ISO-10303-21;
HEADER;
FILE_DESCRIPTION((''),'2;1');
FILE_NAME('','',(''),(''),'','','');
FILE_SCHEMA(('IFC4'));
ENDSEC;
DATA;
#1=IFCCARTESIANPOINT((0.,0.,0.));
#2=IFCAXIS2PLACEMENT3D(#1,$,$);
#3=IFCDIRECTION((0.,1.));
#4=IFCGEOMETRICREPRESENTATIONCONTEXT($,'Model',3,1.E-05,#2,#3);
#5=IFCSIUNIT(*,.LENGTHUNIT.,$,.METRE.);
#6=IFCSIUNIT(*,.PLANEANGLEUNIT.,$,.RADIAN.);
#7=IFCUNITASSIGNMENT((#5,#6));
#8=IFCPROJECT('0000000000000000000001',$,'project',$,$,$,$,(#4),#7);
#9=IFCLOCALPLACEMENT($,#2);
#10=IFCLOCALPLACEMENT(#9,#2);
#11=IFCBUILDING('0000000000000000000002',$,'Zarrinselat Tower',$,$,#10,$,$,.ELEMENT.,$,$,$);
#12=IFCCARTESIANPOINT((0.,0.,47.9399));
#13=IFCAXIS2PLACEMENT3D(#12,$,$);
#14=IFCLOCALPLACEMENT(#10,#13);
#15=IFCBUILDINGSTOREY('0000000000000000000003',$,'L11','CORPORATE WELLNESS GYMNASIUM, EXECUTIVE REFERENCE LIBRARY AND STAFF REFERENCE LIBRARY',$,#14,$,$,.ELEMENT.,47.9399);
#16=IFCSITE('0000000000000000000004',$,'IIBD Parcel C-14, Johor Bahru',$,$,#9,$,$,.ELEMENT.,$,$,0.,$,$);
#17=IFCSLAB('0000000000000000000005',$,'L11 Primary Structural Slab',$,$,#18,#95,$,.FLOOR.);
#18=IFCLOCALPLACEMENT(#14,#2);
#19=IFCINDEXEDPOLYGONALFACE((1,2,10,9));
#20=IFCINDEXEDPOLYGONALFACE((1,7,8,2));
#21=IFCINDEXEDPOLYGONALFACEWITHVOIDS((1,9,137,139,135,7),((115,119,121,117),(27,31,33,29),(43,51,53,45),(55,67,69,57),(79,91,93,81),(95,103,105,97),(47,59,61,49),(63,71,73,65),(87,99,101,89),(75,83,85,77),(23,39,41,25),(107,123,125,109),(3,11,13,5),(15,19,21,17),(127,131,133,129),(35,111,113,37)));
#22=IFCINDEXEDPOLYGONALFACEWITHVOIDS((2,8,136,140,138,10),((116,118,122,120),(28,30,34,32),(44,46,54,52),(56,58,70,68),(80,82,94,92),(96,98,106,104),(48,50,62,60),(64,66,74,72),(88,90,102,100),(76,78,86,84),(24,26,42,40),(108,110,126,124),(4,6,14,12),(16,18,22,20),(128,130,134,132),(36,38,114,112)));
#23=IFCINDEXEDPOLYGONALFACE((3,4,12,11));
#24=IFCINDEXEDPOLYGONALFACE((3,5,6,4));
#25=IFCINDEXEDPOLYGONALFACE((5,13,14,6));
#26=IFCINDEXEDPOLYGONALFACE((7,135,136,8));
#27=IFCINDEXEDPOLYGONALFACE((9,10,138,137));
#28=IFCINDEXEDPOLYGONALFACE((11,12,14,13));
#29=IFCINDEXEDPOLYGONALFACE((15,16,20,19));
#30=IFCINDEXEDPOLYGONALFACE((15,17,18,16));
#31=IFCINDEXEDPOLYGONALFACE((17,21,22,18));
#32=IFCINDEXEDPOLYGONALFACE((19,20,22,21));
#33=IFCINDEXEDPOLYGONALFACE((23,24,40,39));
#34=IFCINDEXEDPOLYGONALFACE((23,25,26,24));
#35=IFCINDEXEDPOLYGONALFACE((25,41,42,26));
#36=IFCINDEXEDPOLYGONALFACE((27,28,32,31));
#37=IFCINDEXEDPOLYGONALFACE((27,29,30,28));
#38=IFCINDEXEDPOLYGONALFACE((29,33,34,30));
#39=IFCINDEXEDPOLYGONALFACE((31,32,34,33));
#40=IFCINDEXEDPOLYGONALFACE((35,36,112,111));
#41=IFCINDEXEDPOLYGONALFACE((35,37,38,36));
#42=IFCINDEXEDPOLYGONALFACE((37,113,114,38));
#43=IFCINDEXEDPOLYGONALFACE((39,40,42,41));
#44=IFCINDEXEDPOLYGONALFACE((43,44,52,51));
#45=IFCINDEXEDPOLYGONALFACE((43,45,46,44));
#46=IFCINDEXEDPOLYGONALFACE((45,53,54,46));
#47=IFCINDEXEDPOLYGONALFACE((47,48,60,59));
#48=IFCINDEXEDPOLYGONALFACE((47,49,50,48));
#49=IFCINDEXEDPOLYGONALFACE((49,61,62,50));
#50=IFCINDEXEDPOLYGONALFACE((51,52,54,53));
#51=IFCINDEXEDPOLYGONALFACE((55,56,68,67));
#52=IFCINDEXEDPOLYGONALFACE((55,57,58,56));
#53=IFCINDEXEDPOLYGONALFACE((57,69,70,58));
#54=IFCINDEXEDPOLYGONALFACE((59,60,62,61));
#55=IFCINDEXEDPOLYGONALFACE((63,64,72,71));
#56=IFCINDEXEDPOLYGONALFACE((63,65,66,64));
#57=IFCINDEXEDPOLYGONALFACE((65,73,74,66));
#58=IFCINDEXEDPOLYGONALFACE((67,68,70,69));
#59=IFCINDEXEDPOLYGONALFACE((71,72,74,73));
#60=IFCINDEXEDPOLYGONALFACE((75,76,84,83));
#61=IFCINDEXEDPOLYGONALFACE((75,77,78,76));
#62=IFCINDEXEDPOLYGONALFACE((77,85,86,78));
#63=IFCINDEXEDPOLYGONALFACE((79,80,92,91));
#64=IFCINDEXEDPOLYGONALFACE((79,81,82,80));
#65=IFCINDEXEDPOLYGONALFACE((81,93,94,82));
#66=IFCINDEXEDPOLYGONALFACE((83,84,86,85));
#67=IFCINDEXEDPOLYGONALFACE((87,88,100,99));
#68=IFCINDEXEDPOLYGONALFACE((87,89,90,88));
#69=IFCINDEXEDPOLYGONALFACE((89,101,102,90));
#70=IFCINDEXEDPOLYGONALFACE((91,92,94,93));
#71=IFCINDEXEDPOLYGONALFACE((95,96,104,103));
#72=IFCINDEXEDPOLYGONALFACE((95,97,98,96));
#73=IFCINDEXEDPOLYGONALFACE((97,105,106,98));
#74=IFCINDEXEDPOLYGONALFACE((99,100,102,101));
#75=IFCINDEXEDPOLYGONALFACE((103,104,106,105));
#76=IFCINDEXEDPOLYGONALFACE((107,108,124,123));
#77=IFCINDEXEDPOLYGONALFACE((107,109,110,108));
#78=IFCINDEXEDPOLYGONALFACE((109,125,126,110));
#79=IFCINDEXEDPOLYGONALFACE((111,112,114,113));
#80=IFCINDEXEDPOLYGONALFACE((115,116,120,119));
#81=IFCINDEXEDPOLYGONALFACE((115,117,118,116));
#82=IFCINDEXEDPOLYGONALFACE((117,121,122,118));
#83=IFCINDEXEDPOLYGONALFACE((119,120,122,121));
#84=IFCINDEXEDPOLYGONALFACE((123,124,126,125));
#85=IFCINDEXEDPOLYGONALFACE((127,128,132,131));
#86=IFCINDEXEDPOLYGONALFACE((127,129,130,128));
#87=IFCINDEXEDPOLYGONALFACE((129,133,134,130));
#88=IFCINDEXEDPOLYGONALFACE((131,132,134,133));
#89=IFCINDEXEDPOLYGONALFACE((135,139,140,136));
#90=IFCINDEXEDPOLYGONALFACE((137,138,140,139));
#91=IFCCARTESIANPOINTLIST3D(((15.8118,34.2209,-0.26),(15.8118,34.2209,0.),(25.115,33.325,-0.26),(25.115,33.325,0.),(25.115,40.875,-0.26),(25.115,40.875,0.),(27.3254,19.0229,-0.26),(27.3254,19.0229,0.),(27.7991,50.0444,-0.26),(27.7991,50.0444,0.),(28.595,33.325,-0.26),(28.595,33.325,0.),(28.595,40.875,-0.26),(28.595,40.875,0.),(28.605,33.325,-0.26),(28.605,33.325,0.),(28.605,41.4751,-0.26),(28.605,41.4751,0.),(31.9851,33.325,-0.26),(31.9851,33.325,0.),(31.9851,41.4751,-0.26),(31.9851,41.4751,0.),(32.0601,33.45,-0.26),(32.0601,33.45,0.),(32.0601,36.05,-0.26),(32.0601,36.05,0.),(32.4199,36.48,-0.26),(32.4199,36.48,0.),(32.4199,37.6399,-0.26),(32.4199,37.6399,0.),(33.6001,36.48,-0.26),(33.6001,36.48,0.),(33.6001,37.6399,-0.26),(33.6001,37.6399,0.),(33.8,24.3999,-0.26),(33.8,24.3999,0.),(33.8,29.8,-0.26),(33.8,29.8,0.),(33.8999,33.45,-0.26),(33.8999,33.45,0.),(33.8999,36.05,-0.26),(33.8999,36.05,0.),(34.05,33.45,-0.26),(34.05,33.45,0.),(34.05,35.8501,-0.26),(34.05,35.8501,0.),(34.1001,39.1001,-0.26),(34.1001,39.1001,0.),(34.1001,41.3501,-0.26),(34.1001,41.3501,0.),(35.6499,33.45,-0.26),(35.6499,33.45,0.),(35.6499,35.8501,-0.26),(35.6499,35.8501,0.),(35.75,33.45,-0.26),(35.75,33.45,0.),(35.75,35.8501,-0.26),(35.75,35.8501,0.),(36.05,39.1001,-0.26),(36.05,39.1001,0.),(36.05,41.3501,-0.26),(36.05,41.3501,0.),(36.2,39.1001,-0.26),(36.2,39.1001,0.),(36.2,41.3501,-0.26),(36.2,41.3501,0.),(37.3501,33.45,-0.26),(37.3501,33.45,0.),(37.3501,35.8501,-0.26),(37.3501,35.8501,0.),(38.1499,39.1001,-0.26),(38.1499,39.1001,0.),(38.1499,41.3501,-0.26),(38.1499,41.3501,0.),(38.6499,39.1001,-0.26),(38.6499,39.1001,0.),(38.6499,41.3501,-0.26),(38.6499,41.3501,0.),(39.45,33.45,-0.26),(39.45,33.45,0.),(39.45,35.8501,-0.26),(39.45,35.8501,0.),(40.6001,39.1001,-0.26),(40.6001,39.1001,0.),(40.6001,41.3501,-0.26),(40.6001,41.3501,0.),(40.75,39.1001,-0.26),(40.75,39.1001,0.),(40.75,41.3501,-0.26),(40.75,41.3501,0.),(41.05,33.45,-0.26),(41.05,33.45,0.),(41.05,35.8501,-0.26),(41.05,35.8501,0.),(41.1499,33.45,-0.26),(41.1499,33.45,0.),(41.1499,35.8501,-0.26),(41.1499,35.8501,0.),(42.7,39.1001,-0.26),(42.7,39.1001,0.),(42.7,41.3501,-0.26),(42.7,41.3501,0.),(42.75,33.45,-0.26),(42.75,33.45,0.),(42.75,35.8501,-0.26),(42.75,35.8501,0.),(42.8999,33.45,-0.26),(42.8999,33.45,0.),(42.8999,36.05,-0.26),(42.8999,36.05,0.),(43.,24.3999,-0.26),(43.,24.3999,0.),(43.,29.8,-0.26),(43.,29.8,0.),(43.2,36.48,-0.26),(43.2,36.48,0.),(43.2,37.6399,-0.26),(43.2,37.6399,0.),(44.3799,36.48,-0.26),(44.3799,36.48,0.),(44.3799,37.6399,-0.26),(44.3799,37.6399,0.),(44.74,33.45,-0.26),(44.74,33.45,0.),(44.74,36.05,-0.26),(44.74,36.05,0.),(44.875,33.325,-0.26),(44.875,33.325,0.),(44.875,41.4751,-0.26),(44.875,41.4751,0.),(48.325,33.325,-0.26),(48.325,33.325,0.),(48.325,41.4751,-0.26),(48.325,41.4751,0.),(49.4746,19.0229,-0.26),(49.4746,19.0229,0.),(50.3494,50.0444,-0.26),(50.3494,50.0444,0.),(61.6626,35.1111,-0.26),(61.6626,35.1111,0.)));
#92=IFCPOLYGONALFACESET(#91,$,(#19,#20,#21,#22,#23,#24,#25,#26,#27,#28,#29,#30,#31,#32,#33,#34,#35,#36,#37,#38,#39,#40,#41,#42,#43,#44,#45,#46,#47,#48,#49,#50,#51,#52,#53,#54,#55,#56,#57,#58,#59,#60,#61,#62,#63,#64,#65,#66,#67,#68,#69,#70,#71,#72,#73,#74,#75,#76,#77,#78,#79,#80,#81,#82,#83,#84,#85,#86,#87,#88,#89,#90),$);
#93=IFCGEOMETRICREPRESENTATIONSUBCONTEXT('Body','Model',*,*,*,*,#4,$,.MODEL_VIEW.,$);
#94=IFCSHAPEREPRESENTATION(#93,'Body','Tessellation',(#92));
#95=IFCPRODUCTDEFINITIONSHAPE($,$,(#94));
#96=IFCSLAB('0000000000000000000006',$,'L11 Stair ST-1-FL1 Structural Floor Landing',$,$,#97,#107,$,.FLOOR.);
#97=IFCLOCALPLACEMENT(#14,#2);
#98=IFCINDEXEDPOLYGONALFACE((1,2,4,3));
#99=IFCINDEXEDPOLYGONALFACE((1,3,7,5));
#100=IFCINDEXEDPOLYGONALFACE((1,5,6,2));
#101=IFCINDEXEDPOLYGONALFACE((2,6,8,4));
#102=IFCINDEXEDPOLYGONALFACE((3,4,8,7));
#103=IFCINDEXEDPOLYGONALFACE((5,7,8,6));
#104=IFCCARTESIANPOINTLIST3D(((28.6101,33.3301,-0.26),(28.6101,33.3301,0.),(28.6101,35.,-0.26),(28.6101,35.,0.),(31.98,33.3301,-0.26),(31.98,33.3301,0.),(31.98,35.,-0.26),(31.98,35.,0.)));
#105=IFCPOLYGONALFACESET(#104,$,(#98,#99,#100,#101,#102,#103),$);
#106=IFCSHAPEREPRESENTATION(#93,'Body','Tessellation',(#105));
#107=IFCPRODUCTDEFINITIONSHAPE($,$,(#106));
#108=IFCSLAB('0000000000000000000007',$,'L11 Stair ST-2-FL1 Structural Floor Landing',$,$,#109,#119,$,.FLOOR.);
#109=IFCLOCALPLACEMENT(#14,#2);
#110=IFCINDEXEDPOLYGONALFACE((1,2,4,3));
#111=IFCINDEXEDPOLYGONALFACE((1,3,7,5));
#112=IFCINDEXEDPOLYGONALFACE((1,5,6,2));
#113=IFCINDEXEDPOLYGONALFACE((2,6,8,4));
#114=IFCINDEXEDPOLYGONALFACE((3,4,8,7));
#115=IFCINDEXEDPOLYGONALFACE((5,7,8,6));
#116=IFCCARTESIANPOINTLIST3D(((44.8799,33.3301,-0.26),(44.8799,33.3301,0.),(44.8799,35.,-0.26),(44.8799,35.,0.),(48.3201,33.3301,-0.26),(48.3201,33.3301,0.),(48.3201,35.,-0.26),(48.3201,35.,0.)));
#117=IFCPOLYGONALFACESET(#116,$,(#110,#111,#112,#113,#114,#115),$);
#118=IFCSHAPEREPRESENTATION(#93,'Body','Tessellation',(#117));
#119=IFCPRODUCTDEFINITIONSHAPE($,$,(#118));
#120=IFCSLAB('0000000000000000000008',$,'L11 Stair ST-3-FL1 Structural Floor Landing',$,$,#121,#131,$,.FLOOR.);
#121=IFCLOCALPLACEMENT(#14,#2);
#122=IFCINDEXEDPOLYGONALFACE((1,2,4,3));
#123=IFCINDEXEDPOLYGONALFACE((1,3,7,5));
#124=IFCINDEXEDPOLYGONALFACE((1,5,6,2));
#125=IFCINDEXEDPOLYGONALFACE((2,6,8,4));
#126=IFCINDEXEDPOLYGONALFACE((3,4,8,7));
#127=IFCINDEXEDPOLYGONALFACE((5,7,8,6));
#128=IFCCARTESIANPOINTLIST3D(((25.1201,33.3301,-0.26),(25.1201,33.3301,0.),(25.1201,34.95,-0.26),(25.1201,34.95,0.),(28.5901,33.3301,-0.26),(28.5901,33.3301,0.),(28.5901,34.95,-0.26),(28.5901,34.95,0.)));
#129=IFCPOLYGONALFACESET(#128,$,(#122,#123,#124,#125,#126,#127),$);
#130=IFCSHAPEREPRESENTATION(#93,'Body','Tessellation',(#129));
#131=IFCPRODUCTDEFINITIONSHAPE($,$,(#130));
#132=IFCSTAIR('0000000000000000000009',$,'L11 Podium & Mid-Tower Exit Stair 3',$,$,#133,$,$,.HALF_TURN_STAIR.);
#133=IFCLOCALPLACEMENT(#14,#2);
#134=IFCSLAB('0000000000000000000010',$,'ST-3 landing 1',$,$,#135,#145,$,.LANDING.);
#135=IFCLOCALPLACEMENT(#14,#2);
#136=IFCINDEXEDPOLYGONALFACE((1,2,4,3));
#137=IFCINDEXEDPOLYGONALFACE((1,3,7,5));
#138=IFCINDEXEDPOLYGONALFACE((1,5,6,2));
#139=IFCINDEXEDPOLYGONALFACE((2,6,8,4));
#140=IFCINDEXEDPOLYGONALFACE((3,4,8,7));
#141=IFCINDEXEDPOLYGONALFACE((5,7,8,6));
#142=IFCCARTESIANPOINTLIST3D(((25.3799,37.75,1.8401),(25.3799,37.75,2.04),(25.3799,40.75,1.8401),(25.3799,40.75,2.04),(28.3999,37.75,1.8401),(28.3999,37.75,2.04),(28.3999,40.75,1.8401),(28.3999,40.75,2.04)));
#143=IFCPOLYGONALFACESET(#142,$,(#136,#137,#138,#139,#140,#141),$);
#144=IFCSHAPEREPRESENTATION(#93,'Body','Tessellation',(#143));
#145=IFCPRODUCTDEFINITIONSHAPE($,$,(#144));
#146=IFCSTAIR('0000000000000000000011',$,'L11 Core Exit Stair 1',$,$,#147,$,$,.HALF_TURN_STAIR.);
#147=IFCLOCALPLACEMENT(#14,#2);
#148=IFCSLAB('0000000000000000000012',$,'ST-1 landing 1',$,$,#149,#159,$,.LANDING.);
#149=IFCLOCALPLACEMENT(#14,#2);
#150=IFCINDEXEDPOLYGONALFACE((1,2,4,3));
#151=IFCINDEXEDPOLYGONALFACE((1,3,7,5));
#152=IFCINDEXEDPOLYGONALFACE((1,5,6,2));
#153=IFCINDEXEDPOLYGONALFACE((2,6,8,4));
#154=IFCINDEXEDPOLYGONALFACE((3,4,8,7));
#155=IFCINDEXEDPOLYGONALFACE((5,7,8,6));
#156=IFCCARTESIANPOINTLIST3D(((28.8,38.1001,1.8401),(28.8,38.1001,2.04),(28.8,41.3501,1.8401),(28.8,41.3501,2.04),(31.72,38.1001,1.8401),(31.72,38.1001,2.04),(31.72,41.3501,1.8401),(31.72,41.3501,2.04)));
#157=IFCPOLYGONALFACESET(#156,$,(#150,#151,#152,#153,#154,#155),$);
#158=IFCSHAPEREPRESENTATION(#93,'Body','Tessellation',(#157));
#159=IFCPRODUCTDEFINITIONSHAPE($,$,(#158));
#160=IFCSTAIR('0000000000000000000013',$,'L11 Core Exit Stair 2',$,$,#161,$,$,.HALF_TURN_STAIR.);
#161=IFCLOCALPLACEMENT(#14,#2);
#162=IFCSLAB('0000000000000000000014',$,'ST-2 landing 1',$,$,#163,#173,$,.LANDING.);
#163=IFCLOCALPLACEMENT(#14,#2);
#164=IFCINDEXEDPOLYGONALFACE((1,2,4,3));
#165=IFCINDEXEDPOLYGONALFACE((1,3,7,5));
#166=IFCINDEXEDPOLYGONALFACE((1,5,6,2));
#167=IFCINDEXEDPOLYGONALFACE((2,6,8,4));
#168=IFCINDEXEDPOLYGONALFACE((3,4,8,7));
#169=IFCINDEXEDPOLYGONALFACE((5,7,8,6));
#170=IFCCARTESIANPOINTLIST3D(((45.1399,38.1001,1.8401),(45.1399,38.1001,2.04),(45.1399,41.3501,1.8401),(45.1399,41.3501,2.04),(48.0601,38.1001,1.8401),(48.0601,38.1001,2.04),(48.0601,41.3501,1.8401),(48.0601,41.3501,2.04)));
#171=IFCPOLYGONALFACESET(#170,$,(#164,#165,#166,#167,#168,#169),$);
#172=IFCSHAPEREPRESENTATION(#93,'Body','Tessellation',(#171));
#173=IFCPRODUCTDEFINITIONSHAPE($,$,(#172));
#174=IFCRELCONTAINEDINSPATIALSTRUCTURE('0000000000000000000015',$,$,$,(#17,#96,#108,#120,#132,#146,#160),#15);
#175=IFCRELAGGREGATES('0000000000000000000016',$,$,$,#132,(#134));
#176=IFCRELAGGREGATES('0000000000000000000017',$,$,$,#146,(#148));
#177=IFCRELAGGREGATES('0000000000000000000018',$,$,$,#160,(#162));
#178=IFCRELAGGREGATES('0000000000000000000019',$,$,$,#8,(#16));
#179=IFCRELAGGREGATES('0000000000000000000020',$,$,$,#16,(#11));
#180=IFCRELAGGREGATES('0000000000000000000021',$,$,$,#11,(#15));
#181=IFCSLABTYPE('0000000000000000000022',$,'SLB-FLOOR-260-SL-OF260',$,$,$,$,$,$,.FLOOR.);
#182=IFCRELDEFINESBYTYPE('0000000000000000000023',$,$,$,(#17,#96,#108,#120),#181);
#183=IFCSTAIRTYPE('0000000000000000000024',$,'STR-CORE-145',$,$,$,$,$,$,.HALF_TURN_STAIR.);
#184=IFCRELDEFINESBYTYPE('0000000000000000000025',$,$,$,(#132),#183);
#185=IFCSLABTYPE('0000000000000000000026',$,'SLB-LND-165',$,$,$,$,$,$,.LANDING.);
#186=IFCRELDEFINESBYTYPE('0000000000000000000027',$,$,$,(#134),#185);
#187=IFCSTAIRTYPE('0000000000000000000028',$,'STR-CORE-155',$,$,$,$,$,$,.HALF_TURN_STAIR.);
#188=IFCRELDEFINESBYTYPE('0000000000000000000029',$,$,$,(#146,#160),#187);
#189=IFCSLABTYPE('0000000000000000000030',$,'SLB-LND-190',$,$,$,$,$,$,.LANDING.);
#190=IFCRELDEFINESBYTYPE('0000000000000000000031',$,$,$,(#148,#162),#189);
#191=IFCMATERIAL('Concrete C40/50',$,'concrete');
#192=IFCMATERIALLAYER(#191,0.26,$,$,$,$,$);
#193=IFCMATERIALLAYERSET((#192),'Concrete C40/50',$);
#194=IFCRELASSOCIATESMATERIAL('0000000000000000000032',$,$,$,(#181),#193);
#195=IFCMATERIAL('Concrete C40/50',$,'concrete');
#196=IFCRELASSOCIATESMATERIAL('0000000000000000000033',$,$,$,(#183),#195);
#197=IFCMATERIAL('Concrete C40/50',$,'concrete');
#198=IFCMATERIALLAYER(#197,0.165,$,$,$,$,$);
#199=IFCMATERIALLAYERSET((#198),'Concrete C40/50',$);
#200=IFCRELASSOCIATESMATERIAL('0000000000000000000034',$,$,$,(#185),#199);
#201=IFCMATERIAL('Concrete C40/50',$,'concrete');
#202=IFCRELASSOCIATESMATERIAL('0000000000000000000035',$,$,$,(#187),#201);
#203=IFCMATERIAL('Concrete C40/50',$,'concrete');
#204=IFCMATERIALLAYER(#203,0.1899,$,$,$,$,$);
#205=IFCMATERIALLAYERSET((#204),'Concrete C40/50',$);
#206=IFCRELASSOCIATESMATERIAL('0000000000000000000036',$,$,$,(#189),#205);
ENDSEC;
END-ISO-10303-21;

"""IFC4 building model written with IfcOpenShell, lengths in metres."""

from ifc_helpers import new_model, si_unit, direction, frame, origin, place, context, subcontext, project, spatial, polyline, outline, extrude, material, layer, layer_set, type_object, element, aggregate, save


model = new_model("IFC4")

# Units and contexts
model_context = context("Model", 3, precision=1e-05, world=origin(), true_north=direction((0.0, 1.0)))
body_context = subcontext(model_context, "Body", "Model", "MODEL_VIEW")
ifc_project = project(units=[si_unit("LENGTHUNIT", "METRE"), si_unit("PLANEANGLEUNIT", "RADIAN")], contexts=[model_context])

# Site, building, storey
site_placement = place(None, origin())
site = spatial("IfcSite", under=ifc_project, at=site_placement, Name="IIBD Parcel C-14, Johor Bahru", CompositionType="ELEMENT", RefElevation=0.0)
building_placement = place(site_placement, origin())
building = spatial("IfcBuilding", under=site, at=building_placement, Name="Zarrinselat Tower", CompositionType="ELEMENT")
storey_placement = place(building_placement, frame((0.0, 0.0, 47.9399)))
storey = spatial("IfcBuildingStorey", under=building, at=storey_placement, Name="L11", Description="CORPORATE WELLNESS GYMNASIUM, EXECUTIVE REFERENCE LIBRARY AND STAFF REFERENCE LIBRARY", CompositionType="ELEMENT", Elevation=47.9399)

# Slabs
ifc_material_1 = material(Name="Concrete C40/50", Category="concrete")
ifc_layer_1 = layer(ifc_material_1, 0.26)
ifc_layer_set_1 = layer_set([ifc_layer_1], Name="Concrete C40/50")
slab_type_1 = type_object("IfcSlabType", Name="SLB-FLOOR-260-SL-OF260", PredefinedType="FLOOR", material=ifc_layer_set_1)
slab_1_placement = place(storey_placement, frame((0.0, 0.0, -0.26)))
element("IfcSlab", 1, at=slab_1_placement, inside=storey, type_object=slab_type_1, Name="L11 Primary Structural Slab", PredefinedType="FLOOR", context=body_context, shape_type="SweptSolid", body=[
    extrude(outline(polyline([(50.3494, 50.0444), (27.7991, 50.0444), (15.8118, 34.2209), (27.3254, 19.0229), (49.4746, 19.0229), (61.6626, 35.1111), (50.3494, 50.0444)]), holes=[polyline([(34.05, 33.45), (34.05, 35.8501), (35.6499, 35.8501), (35.6499, 33.45), (34.05, 33.45)]), polyline([(35.75, 33.45), (35.75, 35.8501), (37.3501, 35.8501), (37.3501, 33.45), (35.75, 33.45)]), polyline([(32.0601, 33.45), (32.0601, 36.05), (33.8999, 36.05), (33.8999, 33.45), (32.0601, 33.45)]), polyline([(32.4199, 36.48), (32.4199, 37.6399), (33.6001, 37.6399), (33.6001, 36.48), (32.4199, 36.48)]), polyline([(28.595, 33.325), (25.115, 33.325), (25.115, 40.875), (28.595, 40.875), (28.595, 33.325)]), polyline([(31.9851, 33.325), (28.605, 33.325), (28.605, 41.4751), (31.9851, 41.4751), (31.9851, 33.325)]), polyline([(34.1001, 39.1001), (34.1001, 41.3501), (36.05, 41.3501), (36.05, 39.1001), (34.1001, 39.1001)]), polyline([(36.2, 39.1001), (36.2, 41.3501), (38.1499, 41.3501), (38.1499, 39.1001), (36.2, 39.1001)]), polyline([(33.8, 24.3999), (33.8, 29.8), (43.0, 29.8), (43.0, 24.3999), (33.8, 24.3999)]), polyline([(39.45, 33.45), (39.45, 35.8501), (41.05, 35.8501), (41.05, 33.45), (39.45, 33.45)]), polyline([(41.1499, 33.45), (41.1499, 35.8501), (42.75, 35.8501), (42.75, 33.45), (41.1499, 33.45)]), polyline([(42.8999, 33.45), (42.8999, 36.05), (44.74, 36.05), (44.74, 33.45), (42.8999, 33.45)]), polyline([(43.2, 36.48), (43.2, 37.6399), (44.3799, 37.6399), (44.3799, 36.48), (43.2, 36.48)]), polyline([(48.325, 33.325), (44.875, 33.325), (44.875, 41.4751), (48.325, 41.4751), (48.325, 33.325)]), polyline([(38.6499, 39.1001), (38.6499, 41.3501), (40.6001, 41.3501), (40.6001, 39.1001), (38.6499, 39.1001)]), polyline([(40.75, 39.1001), (40.75, 41.3501), (42.7, 41.3501), (42.7, 39.1001), (40.75, 39.1001)])]), origin(), (0.0, 0.0, 1.0), 0.26),
])
slab_2_placement = place(storey_placement, frame((0.0, 0.0, -0.26)))
element("IfcSlab", 2, at=slab_2_placement, inside=storey, type_object=slab_type_1, Name="L11 Stair ST-1-FL1 Structural Floor Landing", PredefinedType="FLOOR", context=body_context, shape_type="SweptSolid", body=[
    extrude(outline(polyline([(31.98, 33.3301), (31.98, 35.0), (28.6101, 35.0), (28.6101, 33.3301), (31.98, 33.3301)])), origin(), (0.0, 0.0, 1.0), 0.26),
])
slab_3_placement = place(storey_placement, frame((0.0, 0.0, -0.26)))
element("IfcSlab", 3, at=slab_3_placement, inside=storey, type_object=slab_type_1, Name="L11 Stair ST-2-FL1 Structural Floor Landing", PredefinedType="FLOOR", context=body_context, shape_type="SweptSolid", body=[
    extrude(outline(polyline([(48.3201, 33.3301), (48.3201, 35.0), (44.8799, 35.0), (44.8799, 33.3301), (48.3201, 33.3301)])), origin(), (0.0, 0.0, 1.0), 0.26),
])
slab_4_placement = place(storey_placement, frame((0.0, 0.0, -0.26)))
element("IfcSlab", 4, at=slab_4_placement, inside=storey, type_object=slab_type_1, Name="L11 Stair ST-3-FL1 Structural Floor Landing", PredefinedType="FLOOR", context=body_context, shape_type="SweptSolid", body=[
    extrude(outline(polyline([(28.5901, 33.3301), (28.5901, 34.95), (25.1201, 34.95), (25.1201, 33.3301), (28.5901, 33.3301)])), origin(), (0.0, 0.0, 1.0), 0.26),
])

# Stairs, slabs
ifc_material_2 = material(Name="Concrete C40/50", Category="concrete")
stair_type_1 = type_object("IfcStairType", Name="STR-CORE-145", PredefinedType="HALF_TURN_STAIR", material=ifc_material_2)
stair_1_placement = place(storey_placement, origin())
stair_1 = element("IfcStair", 5, at=stair_1_placement, inside=storey, type_object=stair_type_1, Name="L11 Podium & Mid-Tower Exit Stair 3", PredefinedType="HALF_TURN_STAIR")
ifc_material_3 = material(Name="Concrete C40/50", Category="concrete")
ifc_layer_2 = layer(ifc_material_3, 0.165)
ifc_layer_set_2 = layer_set([ifc_layer_2], Name="Concrete C40/50")
slab_type_2 = type_object("IfcSlabType", Name="SLB-LND-165", PredefinedType="LANDING", material=ifc_layer_set_2)
slab_5_placement = place(storey_placement, frame((0.0, 0.0, 1.8401)))
slab_5 = element("IfcSlab", 6, at=slab_5_placement, type_object=slab_type_2, Name="ST-3 landing 1", PredefinedType="LANDING", context=body_context, shape_type="SweptSolid", body=[
    extrude(outline(polyline([(28.3999, 37.75), (28.3999, 40.75), (25.3799, 40.75), (25.3799, 37.75), (28.3999, 37.75)])), origin(), (0.0, 0.0, 1.0), 0.2),
])
aggregate(stair_1, [slab_5])
ifc_material_4 = material(Name="Concrete C40/50", Category="concrete")
stair_type_2 = type_object("IfcStairType", Name="STR-CORE-155", PredefinedType="HALF_TURN_STAIR", material=ifc_material_4)
stair_2_placement = place(storey_placement, origin())
stair_2 = element("IfcStair", 7, at=stair_2_placement, inside=storey, type_object=stair_type_2, Name="L11 Core Exit Stair 1", PredefinedType="HALF_TURN_STAIR")
ifc_material_5 = material(Name="Concrete C40/50", Category="concrete")
ifc_layer_3 = layer(ifc_material_5, 0.1899)
ifc_layer_set_3 = layer_set([ifc_layer_3], Name="Concrete C40/50")
slab_type_3 = type_object("IfcSlabType", Name="SLB-LND-190", PredefinedType="LANDING", material=ifc_layer_set_3)
slab_6_placement = place(storey_placement, frame((0.0, 0.0, 1.8401)))
slab_6 = element("IfcSlab", 8, at=slab_6_placement, type_object=slab_type_3, Name="ST-1 landing 1", PredefinedType="LANDING", context=body_context, shape_type="SweptSolid", body=[
    extrude(outline(polyline([(31.72, 38.1001), (31.72, 41.3501), (28.8, 41.3501), (28.8, 38.1001), (31.72, 38.1001)])), origin(), (0.0, 0.0, 1.0), 0.2),
])
aggregate(stair_2, [slab_6])
stair_3_placement = place(storey_placement, origin())
stair_3 = element("IfcStair", 9, at=stair_3_placement, inside=storey, type_object=stair_type_2, Name="L11 Core Exit Stair 2", PredefinedType="HALF_TURN_STAIR")
slab_7_placement = place(storey_placement, frame((0.0, 0.0, 1.8401)))
slab_7 = element("IfcSlab", 10, at=slab_7_placement, type_object=slab_type_3, Name="ST-2 landing 1", PredefinedType="LANDING", context=body_context, shape_type="SweptSolid", body=[
    extrude(outline(polyline([(48.0601, 38.1001), (48.0601, 41.3501), (45.1399, 41.3501), (45.1399, 38.1001), (48.0601, 38.1001)])), origin(), (0.0, 0.0, 1.0), 0.2),
])
aggregate(stair_3, [slab_7])

save(model, "model.ifc")
